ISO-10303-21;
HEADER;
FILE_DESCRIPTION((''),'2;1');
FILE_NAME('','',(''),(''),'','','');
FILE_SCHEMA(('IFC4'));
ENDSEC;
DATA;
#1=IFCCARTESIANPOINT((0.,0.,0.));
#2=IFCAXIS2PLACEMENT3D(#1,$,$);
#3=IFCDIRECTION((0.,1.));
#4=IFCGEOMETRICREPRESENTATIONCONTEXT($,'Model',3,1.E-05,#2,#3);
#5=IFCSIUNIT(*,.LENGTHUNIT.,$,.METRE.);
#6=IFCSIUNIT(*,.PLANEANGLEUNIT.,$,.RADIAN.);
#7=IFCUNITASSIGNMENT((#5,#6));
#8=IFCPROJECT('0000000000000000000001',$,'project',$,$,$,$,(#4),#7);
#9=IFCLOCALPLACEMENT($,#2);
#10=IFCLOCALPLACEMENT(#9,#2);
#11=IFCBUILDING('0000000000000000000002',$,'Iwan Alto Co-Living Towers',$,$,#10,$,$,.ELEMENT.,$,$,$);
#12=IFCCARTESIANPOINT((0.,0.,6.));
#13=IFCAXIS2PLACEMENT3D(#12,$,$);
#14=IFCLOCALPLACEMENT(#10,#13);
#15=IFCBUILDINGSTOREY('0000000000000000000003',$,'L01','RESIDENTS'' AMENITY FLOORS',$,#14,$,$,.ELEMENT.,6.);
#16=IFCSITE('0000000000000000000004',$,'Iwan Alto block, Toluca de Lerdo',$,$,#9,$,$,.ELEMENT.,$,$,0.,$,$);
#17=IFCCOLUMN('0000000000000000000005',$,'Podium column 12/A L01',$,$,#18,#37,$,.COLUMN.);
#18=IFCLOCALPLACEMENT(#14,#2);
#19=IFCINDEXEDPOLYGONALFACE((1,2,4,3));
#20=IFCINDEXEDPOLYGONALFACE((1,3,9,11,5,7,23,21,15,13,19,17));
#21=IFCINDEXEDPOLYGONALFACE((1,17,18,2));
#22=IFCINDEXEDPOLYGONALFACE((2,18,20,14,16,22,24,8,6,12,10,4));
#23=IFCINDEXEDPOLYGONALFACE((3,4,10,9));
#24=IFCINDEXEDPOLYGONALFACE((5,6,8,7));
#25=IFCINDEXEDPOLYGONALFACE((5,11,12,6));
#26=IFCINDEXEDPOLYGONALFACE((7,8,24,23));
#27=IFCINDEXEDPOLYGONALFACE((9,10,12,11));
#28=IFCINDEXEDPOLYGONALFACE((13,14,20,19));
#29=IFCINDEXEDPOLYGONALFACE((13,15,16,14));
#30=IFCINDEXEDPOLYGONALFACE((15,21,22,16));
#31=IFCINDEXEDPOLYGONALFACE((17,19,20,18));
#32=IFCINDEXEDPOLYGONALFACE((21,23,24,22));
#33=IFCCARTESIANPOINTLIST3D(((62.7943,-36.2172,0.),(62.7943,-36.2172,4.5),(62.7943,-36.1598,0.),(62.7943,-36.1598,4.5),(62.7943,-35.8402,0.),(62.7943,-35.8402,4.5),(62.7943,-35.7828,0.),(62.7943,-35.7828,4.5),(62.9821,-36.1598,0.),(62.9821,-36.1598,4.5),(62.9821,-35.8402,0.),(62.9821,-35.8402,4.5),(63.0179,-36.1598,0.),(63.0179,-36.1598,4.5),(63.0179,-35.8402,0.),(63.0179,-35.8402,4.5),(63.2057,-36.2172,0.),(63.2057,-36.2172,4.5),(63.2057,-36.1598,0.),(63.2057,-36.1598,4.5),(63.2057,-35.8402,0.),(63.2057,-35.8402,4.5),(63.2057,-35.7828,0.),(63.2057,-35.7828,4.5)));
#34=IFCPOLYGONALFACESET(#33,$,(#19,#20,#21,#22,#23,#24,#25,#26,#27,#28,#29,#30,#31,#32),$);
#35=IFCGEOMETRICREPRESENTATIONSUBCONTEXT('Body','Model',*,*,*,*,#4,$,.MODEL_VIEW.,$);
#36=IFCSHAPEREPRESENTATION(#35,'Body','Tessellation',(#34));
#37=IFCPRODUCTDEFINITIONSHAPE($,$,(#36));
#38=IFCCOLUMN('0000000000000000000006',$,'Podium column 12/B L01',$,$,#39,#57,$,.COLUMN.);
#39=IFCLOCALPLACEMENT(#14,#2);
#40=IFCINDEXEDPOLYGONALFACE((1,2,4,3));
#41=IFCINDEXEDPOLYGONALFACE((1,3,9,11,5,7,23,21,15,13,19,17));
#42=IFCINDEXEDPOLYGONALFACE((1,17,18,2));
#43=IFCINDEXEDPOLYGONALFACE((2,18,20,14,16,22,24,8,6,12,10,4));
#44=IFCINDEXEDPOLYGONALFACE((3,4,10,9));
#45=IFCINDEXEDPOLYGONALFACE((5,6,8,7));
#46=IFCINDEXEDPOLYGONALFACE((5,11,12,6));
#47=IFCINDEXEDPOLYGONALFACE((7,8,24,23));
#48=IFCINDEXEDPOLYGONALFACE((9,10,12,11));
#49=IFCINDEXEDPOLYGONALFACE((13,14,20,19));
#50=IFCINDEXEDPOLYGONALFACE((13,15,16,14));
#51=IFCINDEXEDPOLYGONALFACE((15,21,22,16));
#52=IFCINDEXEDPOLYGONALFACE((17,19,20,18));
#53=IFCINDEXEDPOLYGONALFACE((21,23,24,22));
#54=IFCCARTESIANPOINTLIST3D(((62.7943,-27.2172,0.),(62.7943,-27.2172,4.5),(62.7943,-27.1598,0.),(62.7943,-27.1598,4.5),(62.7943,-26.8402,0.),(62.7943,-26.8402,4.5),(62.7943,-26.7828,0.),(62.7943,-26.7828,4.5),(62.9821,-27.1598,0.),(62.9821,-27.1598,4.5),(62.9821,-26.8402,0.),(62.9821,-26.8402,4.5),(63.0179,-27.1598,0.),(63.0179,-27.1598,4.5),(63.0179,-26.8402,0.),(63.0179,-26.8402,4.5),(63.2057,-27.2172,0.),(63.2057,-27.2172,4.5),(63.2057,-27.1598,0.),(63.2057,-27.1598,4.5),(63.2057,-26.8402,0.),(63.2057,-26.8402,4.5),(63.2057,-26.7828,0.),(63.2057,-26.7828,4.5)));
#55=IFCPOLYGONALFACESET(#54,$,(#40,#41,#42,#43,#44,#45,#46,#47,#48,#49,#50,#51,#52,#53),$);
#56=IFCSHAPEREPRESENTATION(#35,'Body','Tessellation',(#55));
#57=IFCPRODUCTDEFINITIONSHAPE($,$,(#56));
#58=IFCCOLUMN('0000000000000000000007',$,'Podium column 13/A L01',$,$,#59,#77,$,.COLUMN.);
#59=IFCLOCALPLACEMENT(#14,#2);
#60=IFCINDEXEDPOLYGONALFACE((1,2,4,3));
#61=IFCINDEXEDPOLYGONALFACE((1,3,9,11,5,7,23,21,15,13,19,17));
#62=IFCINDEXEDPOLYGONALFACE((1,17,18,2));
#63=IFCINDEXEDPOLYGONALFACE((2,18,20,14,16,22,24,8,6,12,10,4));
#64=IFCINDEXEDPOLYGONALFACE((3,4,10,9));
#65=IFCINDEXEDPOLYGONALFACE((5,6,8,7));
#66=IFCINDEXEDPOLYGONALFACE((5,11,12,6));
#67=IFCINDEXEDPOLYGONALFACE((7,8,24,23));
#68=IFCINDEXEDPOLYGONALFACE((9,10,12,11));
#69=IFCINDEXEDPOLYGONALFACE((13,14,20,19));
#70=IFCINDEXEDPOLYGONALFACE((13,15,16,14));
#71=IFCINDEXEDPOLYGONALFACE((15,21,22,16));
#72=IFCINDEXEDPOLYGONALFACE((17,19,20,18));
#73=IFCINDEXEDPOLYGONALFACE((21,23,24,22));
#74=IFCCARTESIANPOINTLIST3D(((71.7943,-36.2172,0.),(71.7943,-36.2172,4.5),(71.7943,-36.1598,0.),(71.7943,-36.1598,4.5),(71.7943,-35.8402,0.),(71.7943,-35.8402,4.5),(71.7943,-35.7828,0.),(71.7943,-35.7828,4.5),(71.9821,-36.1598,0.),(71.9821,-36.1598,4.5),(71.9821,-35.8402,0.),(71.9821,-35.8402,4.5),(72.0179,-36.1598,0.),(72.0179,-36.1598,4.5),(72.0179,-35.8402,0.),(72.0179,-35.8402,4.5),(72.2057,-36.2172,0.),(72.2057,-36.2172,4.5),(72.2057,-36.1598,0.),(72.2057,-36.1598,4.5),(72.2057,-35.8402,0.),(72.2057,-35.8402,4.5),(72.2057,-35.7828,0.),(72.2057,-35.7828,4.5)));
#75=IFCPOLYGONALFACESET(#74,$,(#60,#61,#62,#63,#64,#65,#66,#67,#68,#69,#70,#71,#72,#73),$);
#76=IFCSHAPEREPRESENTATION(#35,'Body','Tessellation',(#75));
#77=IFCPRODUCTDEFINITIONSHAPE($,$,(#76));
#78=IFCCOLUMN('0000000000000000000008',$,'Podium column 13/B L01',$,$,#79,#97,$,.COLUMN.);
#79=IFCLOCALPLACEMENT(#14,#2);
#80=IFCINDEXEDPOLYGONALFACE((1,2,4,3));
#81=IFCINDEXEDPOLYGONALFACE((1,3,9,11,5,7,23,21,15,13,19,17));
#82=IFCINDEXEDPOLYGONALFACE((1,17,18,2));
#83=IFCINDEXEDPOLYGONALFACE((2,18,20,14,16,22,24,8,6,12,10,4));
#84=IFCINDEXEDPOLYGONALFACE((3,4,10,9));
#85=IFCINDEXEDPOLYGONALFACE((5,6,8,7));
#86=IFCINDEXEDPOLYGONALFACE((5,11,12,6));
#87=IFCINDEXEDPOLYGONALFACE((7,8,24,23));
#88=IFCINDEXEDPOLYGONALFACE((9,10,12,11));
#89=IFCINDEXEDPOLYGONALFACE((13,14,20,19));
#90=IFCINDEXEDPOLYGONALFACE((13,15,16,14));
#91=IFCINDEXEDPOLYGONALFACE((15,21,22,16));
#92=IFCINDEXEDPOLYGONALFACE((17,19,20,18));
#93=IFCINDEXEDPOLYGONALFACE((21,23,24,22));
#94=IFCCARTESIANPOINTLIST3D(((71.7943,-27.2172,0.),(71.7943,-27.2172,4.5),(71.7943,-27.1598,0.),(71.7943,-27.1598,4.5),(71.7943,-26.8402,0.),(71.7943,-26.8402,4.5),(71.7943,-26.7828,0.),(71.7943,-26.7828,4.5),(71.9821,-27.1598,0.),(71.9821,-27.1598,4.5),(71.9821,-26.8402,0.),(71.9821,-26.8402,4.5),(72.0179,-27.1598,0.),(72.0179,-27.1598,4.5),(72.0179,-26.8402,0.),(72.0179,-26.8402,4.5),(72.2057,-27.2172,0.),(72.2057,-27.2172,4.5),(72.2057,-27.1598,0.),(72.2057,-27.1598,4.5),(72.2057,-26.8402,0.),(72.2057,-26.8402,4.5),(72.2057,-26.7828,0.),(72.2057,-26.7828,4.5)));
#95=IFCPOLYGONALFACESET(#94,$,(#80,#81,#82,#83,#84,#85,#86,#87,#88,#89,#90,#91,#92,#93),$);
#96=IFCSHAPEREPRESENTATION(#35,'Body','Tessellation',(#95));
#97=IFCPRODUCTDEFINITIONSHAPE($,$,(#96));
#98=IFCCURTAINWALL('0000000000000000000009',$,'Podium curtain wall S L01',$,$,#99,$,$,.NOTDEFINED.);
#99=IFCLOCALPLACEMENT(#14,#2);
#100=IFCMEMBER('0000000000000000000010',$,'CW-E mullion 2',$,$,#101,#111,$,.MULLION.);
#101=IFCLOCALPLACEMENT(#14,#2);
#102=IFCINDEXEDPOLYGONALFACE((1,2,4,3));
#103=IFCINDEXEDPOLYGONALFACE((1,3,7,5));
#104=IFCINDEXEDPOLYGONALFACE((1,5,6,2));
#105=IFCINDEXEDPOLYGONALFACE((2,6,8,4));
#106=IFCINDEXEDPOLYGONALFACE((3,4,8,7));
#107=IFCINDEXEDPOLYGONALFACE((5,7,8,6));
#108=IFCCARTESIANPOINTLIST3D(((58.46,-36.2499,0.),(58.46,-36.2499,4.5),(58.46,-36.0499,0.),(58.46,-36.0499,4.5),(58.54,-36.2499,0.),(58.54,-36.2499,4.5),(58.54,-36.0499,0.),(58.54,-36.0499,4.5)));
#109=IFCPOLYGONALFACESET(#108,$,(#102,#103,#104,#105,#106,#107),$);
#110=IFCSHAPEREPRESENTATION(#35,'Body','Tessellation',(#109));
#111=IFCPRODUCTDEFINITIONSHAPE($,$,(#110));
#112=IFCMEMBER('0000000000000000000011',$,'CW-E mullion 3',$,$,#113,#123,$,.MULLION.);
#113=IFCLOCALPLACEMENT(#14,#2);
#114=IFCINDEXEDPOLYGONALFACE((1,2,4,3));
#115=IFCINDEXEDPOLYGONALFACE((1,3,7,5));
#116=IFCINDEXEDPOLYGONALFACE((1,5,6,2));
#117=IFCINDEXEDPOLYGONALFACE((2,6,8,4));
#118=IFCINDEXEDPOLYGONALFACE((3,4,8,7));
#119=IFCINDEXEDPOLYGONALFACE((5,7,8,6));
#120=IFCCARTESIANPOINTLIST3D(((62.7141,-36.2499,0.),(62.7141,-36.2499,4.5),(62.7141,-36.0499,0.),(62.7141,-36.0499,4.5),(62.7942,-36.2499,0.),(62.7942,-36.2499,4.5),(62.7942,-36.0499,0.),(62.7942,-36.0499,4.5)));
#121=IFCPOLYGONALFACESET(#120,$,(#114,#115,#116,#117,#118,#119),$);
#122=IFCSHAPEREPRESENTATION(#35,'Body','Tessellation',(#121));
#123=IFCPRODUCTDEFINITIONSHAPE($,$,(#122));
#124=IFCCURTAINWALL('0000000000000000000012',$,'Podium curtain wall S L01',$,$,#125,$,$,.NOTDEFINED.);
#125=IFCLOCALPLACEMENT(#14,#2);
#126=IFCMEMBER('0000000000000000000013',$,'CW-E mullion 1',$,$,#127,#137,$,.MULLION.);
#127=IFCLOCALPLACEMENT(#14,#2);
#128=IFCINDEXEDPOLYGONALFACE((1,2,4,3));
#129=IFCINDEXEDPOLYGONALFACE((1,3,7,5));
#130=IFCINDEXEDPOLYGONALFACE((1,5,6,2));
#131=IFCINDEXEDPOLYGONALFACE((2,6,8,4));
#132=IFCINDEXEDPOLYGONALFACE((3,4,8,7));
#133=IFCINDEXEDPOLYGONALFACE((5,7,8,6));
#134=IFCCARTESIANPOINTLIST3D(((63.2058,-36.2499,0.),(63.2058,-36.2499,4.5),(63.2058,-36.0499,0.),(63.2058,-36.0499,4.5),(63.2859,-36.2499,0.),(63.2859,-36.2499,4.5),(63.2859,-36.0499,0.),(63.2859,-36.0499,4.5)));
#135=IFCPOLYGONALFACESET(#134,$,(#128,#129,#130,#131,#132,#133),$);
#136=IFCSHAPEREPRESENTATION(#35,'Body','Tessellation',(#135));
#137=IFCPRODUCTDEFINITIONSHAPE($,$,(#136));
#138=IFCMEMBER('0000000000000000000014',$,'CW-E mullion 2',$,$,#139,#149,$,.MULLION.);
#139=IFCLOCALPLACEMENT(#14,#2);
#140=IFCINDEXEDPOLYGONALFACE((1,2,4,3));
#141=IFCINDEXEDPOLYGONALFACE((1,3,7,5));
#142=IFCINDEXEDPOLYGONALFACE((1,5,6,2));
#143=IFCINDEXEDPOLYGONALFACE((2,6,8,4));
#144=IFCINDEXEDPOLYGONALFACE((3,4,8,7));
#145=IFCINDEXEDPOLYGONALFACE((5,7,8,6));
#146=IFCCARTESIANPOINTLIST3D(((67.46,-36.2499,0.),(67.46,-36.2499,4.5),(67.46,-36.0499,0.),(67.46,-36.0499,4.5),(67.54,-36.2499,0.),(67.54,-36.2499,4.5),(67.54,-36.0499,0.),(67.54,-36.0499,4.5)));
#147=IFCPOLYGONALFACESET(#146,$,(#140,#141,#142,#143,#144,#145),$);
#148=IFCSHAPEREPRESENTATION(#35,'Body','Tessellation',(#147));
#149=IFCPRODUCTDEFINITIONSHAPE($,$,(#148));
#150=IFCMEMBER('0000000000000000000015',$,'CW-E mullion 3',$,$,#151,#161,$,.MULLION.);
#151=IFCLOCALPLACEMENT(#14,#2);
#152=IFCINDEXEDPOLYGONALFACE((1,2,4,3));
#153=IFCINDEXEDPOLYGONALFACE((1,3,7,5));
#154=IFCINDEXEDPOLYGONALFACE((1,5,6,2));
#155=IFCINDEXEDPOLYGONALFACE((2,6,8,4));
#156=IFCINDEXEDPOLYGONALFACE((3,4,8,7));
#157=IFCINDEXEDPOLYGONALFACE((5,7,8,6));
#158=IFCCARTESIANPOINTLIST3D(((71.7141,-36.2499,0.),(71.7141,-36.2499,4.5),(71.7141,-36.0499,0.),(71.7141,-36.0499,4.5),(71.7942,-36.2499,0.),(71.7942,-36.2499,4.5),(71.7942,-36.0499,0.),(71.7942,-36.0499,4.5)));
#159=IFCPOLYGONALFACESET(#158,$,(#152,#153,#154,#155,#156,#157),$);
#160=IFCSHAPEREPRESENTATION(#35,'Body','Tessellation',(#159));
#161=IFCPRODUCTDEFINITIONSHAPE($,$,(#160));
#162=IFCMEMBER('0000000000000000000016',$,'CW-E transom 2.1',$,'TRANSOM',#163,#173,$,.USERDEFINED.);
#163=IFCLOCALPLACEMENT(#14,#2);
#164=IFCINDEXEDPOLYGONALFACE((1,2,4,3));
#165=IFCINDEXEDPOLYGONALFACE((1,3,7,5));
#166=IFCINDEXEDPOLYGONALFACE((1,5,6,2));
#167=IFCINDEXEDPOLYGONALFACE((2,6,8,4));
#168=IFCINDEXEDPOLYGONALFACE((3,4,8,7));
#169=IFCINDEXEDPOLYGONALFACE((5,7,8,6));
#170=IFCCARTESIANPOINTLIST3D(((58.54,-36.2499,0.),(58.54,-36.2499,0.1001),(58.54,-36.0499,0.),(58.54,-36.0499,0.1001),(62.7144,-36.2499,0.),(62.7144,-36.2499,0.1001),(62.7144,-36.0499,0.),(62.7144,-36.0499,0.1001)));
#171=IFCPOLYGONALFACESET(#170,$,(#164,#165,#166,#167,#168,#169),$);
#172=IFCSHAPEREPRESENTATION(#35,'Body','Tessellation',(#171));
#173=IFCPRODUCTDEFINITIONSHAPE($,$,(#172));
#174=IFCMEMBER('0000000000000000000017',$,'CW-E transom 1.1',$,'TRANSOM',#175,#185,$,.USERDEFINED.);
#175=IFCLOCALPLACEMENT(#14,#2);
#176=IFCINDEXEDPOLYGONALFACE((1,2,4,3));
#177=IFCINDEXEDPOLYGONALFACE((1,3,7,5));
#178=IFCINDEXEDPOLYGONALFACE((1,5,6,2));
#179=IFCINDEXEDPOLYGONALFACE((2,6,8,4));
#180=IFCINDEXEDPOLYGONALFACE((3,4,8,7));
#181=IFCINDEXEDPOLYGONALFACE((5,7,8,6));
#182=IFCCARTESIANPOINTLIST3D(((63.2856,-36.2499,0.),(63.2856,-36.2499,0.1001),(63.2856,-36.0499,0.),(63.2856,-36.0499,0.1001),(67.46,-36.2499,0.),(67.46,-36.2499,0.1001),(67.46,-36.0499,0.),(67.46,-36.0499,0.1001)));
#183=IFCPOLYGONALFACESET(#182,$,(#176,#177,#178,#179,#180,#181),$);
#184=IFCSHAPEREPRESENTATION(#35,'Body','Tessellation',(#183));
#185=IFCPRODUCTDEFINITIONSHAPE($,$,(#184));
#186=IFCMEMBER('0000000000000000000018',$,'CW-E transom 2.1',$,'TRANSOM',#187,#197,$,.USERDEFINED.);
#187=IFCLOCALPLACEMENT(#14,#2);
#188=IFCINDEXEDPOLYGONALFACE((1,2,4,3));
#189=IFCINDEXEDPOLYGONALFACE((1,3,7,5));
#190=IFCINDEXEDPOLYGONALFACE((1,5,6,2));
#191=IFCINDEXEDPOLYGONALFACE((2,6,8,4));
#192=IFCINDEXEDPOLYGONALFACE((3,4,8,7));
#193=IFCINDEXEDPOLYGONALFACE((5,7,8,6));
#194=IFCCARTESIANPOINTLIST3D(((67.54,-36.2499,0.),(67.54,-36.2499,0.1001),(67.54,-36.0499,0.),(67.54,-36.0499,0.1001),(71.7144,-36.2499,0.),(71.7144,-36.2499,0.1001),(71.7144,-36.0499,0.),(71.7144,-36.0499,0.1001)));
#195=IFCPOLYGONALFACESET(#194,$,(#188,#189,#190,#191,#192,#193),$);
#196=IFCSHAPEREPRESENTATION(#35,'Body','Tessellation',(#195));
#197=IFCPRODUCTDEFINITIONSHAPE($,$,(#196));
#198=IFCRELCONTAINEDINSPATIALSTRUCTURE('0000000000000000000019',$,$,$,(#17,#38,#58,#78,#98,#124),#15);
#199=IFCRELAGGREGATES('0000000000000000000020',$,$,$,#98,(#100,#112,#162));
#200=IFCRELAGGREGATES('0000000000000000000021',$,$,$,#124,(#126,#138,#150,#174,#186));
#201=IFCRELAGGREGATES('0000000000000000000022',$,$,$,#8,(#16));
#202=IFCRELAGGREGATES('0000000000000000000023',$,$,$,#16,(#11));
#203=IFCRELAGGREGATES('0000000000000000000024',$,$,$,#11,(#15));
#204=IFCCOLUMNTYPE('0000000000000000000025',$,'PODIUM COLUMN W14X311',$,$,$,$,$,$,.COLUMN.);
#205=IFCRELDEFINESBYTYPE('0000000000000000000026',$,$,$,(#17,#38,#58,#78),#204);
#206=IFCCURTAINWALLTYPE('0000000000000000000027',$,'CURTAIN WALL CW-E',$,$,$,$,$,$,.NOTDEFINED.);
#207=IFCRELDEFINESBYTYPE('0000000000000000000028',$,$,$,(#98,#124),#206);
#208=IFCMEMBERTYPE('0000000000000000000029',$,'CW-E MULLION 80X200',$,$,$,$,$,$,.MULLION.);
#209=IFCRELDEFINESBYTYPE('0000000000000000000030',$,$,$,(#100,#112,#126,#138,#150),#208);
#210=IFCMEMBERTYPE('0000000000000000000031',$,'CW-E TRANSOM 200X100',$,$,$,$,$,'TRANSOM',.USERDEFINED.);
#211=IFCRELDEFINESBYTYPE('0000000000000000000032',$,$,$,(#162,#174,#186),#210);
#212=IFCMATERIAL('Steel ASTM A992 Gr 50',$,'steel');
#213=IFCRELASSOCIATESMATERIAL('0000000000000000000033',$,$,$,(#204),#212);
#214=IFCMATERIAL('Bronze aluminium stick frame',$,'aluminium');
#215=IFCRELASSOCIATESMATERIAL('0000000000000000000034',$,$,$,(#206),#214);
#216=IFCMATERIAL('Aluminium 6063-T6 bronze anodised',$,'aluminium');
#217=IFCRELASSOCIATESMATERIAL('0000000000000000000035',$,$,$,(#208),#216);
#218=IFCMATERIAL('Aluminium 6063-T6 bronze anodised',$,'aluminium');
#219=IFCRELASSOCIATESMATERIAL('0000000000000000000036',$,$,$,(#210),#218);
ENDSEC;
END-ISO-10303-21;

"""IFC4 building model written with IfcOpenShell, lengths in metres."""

from ifc_helpers import new_model, si_unit, direction, frame, origin, origin_2d, place, context, subcontext, project, spatial, rectangle, i_section, extrude, material, material_profile, profile_set, type_object, element, aggregate, save


model = new_model("IFC4")

# Units and contexts
model_context = context("Model", 3, precision=1e-05, world=origin(), true_north=direction((0.0, 1.0)))
body_context = subcontext(model_context, "Body", "Model", "MODEL_VIEW")
ifc_project = project(units=[si_unit("LENGTHUNIT", "METRE"), si_unit("PLANEANGLEUNIT", "RADIAN")], contexts=[model_context])

# Site, building, storey
site_placement = place(None, origin())
site = spatial("IfcSite", under=ifc_project, at=site_placement, Name="Iwan Alto block, Toluca de Lerdo", CompositionType="ELEMENT", RefElevation=0.0)
building_placement = place(site_placement, origin())
building = spatial("IfcBuilding", under=site, at=building_placement, Name="Iwan Alto Co-Living Towers", CompositionType="ELEMENT")
storey_placement = place(building_placement, frame((0.0, 0.0, 6.0)))
storey = spatial("IfcBuildingStorey", under=building, at=storey_placement, Name="L01", Description="RESIDENTS' AMENITY FLOORS", CompositionType="ELEMENT", Elevation=6.0)

# Columns
ifc_material_1 = material(Name="Steel ASTM A992 Gr 50", Category="steel")
ifc_material_profile_1 = material_profile(ifc_material_1, i_section(OverallWidth=0.4114, OverallDepth=0.4343, WebThickness=0.0359, FlangeThickness=0.0574, at=origin_2d()), Name="W14X311")
ifc_profile_set_1 = profile_set([ifc_material_profile_1], Name="Steel ASTM A992 Gr 50")
column_type = type_object("IfcColumnType", Name="PODIUM COLUMN W14X311", PredefinedType="COLUMN", material=ifc_profile_set_1)
for number, where, z_axis, x_axis, name in (
    (1, (63.0, -36.0, 0.0), (0.0, 0.0, 1.0), (1.0, 0.0, 0.0), "Podium column 12/A L01"),
    (2, (63.0, -27.0, 0.0), (0.0, 0.0, 1.0), (1.0, 0.0, 0.0), "Podium column 12/B L01"),
    (3, (72.0, -36.0, 0.0), (0.0, 0.0, 1.0), (1.0, 0.0, 0.0), "Podium column 13/A L01"),
    (4, (72.0, -27.0, 0.0), (0.0, 0.0, 1.0), (1.0, 0.0, 0.0), "Podium column 13/B L01"),
):
    element("IfcColumn", number, at=place(storey_placement, frame(where, z_axis=z_axis, x_axis=x_axis)), inside=storey, type_object=column_type, Name=name, PredefinedType="COLUMN", context=body_context, shape_type="SweptSolid", body=[
        extrude(i_section(OverallWidth=0.4114, OverallDepth=0.4343, WebThickness=0.0359, FlangeThickness=0.0574, at=origin_2d()), origin(), (0.0, 0.0, 1.0), 4.5),
    ])

# Curtain walls, members
ifc_material_2 = material(Name="Bronze aluminium stick frame", Category="aluminium")
curtain_wall_type = type_object("IfcCurtainWallType", Name="CURTAIN WALL CW-E", PredefinedType="NOTDEFINED", material=ifc_material_2)
curtain_wall_1_placement = place(storey_placement, origin())
curtain_wall_1 = element("IfcCurtainWall", 5, at=curtain_wall_1_placement, inside=storey, type_object=curtain_wall_type, Name="Podium curtain wall S L01", PredefinedType="NOTDEFINED")
ifc_material_3 = material(Name="Aluminium 6063-T6 bronze anodised", Category="aluminium")
ifc_material_profile_2 = material_profile(ifc_material_3, rectangle(XDim=0.2, YDim=0.0801, at=origin_2d()), Name="AL 80X200")
ifc_profile_set_2 = profile_set([ifc_material_profile_2], Name="Aluminium 6063-T6 bronze anodised")
member_type_1 = type_object("IfcMemberType", Name="CW-E MULLION 80X200", PredefinedType="MULLION", material=ifc_profile_set_2)
member_1_placement = place(storey_placement, frame((58.5, -36.1499, 0.0), z_axis=(0.0, 0.0, 1.0), x_axis=(0.0, 1.0, 0.0)))
member_1 = element("IfcMember", 6, at=member_1_placement, type_object=member_type_1, Name="CW-E mullion 2", PredefinedType="MULLION", context=body_context, shape_type="SweptSolid", body=[
    extrude(rectangle(XDim=0.2, YDim=0.0801, at=origin_2d()), origin(), (0.0, 0.0, 1.0), 4.5),
])
member_2_placement = place(storey_placement, frame((62.7542, -36.1499, 0.0), z_axis=(0.0, 0.0, 1.0), x_axis=(0.0, 1.0, 0.0)))
member_2 = element("IfcMember", 7, at=member_2_placement, type_object=member_type_1, Name="CW-E mullion 3", PredefinedType="MULLION", context=body_context, shape_type="SweptSolid", body=[
    extrude(rectangle(XDim=0.2, YDim=0.0801, at=origin_2d()), origin(), (0.0, 0.0, 1.0), 4.5),
])
curtain_wall_2_placement = place(storey_placement, origin())
curtain_wall_2 = element("IfcCurtainWall", 8, at=curtain_wall_2_placement, inside=storey, type_object=curtain_wall_type, Name="Podium curtain wall S L01", PredefinedType="NOTDEFINED")
member_3_placement = place(storey_placement, frame((63.2458, -36.1499, 0.0), z_axis=(0.0, 0.0, 1.0), x_axis=(0.0, 1.0, 0.0)))
member_3 = element("IfcMember", 9, at=member_3_placement, type_object=member_type_1, Name="CW-E mullion 1", PredefinedType="MULLION", context=body_context, shape_type="SweptSolid", body=[
    extrude(rectangle(XDim=0.2, YDim=0.0801, at=origin_2d()), origin(), (0.0, 0.0, 1.0), 4.5),
])
member_4_placement = place(storey_placement, frame((67.5, -36.1499, 0.0), z_axis=(0.0, 0.0, 1.0), x_axis=(0.0, 1.0, 0.0)))
member_4 = element("IfcMember", 10, at=member_4_placement, type_object=member_type_1, Name="CW-E mullion 2", PredefinedType="MULLION", context=body_context, shape_type="SweptSolid", body=[
    extrude(rectangle(XDim=0.2, YDim=0.0801, at=origin_2d()), origin(), (0.0, 0.0, 1.0), 4.5),
])
member_5_placement = place(storey_placement, frame((71.7542, -36.1499, 0.0), z_axis=(0.0, 0.0, 1.0), x_axis=(0.0, 1.0, 0.0)))
member_5 = element("IfcMember", 11, at=member_5_placement, type_object=member_type_1, Name="CW-E mullion 3", PredefinedType="MULLION", context=body_context, shape_type="SweptSolid", body=[
    extrude(rectangle(XDim=0.2, YDim=0.0801, at=origin_2d()), origin(), (0.0, 0.0, 1.0), 4.5),
])

# Members
ifc_material_4 = material(Name="Aluminium 6063-T6 bronze anodised", Category="aluminium")
ifc_material_profile_3 = material_profile(ifc_material_4, rectangle(XDim=0.2, YDim=0.1001, at=origin_2d()), Name="AL 200X100")
ifc_profile_set_3 = profile_set([ifc_material_profile_3], Name="Aluminium 6063-T6 bronze anodised")
member_type_2 = type_object("IfcMemberType", Name="CW-E TRANSOM 200X100", ElementType="TRANSOM", PredefinedType="USERDEFINED", material=ifc_profile_set_3)
member_6_placement = place(storey_placement, frame((58.54, -36.1499, 0.05), z_axis=(1.0, 0.0, 0.0), x_axis=(0.0, 1.0, 0.0)))
member_6 = element("IfcMember", 12, at=member_6_placement, type_object=member_type_2, Name="CW-E transom 2.1", ObjectType="TRANSOM", PredefinedType="USERDEFINED", context=body_context, shape_type="SweptSolid", body=[
    extrude(rectangle(XDim=0.2, YDim=0.1001, at=origin_2d()), origin(), (0.0, 0.0, 1.0), 4.1743),
])
member_7_placement = place(storey_placement, frame((63.2856, -36.1499, 0.05), z_axis=(1.0, 0.0, 0.0), x_axis=(0.0, 1.0, 0.0)))
member_7 = element("IfcMember", 13, at=member_7_placement, type_object=member_type_2, Name="CW-E transom 1.1", ObjectType="TRANSOM", PredefinedType="USERDEFINED", context=body_context, shape_type="SweptSolid", body=[
    extrude(rectangle(XDim=0.2, YDim=0.1001, at=origin_2d()), origin(), (0.0, 0.0, 1.0), 4.1743),
])
member_8_placement = place(storey_placement, frame((67.54, -36.1499, 0.05), z_axis=(1.0, 0.0, 0.0), x_axis=(0.0, 1.0, 0.0)))
member_8 = element("IfcMember", 14, at=member_8_placement, type_object=member_type_2, Name="CW-E transom 2.1", ObjectType="TRANSOM", PredefinedType="USERDEFINED", context=body_context, shape_type="SweptSolid", body=[
    extrude(rectangle(XDim=0.2, YDim=0.1001, at=origin_2d()), origin(), (0.0, 0.0, 1.0), 4.1743),
])

aggregate(curtain_wall_1, [member_1, member_2, member_6])
aggregate(curtain_wall_2, [member_3, member_4, member_5, member_7, member_8])

save(model, "model.ifc")
